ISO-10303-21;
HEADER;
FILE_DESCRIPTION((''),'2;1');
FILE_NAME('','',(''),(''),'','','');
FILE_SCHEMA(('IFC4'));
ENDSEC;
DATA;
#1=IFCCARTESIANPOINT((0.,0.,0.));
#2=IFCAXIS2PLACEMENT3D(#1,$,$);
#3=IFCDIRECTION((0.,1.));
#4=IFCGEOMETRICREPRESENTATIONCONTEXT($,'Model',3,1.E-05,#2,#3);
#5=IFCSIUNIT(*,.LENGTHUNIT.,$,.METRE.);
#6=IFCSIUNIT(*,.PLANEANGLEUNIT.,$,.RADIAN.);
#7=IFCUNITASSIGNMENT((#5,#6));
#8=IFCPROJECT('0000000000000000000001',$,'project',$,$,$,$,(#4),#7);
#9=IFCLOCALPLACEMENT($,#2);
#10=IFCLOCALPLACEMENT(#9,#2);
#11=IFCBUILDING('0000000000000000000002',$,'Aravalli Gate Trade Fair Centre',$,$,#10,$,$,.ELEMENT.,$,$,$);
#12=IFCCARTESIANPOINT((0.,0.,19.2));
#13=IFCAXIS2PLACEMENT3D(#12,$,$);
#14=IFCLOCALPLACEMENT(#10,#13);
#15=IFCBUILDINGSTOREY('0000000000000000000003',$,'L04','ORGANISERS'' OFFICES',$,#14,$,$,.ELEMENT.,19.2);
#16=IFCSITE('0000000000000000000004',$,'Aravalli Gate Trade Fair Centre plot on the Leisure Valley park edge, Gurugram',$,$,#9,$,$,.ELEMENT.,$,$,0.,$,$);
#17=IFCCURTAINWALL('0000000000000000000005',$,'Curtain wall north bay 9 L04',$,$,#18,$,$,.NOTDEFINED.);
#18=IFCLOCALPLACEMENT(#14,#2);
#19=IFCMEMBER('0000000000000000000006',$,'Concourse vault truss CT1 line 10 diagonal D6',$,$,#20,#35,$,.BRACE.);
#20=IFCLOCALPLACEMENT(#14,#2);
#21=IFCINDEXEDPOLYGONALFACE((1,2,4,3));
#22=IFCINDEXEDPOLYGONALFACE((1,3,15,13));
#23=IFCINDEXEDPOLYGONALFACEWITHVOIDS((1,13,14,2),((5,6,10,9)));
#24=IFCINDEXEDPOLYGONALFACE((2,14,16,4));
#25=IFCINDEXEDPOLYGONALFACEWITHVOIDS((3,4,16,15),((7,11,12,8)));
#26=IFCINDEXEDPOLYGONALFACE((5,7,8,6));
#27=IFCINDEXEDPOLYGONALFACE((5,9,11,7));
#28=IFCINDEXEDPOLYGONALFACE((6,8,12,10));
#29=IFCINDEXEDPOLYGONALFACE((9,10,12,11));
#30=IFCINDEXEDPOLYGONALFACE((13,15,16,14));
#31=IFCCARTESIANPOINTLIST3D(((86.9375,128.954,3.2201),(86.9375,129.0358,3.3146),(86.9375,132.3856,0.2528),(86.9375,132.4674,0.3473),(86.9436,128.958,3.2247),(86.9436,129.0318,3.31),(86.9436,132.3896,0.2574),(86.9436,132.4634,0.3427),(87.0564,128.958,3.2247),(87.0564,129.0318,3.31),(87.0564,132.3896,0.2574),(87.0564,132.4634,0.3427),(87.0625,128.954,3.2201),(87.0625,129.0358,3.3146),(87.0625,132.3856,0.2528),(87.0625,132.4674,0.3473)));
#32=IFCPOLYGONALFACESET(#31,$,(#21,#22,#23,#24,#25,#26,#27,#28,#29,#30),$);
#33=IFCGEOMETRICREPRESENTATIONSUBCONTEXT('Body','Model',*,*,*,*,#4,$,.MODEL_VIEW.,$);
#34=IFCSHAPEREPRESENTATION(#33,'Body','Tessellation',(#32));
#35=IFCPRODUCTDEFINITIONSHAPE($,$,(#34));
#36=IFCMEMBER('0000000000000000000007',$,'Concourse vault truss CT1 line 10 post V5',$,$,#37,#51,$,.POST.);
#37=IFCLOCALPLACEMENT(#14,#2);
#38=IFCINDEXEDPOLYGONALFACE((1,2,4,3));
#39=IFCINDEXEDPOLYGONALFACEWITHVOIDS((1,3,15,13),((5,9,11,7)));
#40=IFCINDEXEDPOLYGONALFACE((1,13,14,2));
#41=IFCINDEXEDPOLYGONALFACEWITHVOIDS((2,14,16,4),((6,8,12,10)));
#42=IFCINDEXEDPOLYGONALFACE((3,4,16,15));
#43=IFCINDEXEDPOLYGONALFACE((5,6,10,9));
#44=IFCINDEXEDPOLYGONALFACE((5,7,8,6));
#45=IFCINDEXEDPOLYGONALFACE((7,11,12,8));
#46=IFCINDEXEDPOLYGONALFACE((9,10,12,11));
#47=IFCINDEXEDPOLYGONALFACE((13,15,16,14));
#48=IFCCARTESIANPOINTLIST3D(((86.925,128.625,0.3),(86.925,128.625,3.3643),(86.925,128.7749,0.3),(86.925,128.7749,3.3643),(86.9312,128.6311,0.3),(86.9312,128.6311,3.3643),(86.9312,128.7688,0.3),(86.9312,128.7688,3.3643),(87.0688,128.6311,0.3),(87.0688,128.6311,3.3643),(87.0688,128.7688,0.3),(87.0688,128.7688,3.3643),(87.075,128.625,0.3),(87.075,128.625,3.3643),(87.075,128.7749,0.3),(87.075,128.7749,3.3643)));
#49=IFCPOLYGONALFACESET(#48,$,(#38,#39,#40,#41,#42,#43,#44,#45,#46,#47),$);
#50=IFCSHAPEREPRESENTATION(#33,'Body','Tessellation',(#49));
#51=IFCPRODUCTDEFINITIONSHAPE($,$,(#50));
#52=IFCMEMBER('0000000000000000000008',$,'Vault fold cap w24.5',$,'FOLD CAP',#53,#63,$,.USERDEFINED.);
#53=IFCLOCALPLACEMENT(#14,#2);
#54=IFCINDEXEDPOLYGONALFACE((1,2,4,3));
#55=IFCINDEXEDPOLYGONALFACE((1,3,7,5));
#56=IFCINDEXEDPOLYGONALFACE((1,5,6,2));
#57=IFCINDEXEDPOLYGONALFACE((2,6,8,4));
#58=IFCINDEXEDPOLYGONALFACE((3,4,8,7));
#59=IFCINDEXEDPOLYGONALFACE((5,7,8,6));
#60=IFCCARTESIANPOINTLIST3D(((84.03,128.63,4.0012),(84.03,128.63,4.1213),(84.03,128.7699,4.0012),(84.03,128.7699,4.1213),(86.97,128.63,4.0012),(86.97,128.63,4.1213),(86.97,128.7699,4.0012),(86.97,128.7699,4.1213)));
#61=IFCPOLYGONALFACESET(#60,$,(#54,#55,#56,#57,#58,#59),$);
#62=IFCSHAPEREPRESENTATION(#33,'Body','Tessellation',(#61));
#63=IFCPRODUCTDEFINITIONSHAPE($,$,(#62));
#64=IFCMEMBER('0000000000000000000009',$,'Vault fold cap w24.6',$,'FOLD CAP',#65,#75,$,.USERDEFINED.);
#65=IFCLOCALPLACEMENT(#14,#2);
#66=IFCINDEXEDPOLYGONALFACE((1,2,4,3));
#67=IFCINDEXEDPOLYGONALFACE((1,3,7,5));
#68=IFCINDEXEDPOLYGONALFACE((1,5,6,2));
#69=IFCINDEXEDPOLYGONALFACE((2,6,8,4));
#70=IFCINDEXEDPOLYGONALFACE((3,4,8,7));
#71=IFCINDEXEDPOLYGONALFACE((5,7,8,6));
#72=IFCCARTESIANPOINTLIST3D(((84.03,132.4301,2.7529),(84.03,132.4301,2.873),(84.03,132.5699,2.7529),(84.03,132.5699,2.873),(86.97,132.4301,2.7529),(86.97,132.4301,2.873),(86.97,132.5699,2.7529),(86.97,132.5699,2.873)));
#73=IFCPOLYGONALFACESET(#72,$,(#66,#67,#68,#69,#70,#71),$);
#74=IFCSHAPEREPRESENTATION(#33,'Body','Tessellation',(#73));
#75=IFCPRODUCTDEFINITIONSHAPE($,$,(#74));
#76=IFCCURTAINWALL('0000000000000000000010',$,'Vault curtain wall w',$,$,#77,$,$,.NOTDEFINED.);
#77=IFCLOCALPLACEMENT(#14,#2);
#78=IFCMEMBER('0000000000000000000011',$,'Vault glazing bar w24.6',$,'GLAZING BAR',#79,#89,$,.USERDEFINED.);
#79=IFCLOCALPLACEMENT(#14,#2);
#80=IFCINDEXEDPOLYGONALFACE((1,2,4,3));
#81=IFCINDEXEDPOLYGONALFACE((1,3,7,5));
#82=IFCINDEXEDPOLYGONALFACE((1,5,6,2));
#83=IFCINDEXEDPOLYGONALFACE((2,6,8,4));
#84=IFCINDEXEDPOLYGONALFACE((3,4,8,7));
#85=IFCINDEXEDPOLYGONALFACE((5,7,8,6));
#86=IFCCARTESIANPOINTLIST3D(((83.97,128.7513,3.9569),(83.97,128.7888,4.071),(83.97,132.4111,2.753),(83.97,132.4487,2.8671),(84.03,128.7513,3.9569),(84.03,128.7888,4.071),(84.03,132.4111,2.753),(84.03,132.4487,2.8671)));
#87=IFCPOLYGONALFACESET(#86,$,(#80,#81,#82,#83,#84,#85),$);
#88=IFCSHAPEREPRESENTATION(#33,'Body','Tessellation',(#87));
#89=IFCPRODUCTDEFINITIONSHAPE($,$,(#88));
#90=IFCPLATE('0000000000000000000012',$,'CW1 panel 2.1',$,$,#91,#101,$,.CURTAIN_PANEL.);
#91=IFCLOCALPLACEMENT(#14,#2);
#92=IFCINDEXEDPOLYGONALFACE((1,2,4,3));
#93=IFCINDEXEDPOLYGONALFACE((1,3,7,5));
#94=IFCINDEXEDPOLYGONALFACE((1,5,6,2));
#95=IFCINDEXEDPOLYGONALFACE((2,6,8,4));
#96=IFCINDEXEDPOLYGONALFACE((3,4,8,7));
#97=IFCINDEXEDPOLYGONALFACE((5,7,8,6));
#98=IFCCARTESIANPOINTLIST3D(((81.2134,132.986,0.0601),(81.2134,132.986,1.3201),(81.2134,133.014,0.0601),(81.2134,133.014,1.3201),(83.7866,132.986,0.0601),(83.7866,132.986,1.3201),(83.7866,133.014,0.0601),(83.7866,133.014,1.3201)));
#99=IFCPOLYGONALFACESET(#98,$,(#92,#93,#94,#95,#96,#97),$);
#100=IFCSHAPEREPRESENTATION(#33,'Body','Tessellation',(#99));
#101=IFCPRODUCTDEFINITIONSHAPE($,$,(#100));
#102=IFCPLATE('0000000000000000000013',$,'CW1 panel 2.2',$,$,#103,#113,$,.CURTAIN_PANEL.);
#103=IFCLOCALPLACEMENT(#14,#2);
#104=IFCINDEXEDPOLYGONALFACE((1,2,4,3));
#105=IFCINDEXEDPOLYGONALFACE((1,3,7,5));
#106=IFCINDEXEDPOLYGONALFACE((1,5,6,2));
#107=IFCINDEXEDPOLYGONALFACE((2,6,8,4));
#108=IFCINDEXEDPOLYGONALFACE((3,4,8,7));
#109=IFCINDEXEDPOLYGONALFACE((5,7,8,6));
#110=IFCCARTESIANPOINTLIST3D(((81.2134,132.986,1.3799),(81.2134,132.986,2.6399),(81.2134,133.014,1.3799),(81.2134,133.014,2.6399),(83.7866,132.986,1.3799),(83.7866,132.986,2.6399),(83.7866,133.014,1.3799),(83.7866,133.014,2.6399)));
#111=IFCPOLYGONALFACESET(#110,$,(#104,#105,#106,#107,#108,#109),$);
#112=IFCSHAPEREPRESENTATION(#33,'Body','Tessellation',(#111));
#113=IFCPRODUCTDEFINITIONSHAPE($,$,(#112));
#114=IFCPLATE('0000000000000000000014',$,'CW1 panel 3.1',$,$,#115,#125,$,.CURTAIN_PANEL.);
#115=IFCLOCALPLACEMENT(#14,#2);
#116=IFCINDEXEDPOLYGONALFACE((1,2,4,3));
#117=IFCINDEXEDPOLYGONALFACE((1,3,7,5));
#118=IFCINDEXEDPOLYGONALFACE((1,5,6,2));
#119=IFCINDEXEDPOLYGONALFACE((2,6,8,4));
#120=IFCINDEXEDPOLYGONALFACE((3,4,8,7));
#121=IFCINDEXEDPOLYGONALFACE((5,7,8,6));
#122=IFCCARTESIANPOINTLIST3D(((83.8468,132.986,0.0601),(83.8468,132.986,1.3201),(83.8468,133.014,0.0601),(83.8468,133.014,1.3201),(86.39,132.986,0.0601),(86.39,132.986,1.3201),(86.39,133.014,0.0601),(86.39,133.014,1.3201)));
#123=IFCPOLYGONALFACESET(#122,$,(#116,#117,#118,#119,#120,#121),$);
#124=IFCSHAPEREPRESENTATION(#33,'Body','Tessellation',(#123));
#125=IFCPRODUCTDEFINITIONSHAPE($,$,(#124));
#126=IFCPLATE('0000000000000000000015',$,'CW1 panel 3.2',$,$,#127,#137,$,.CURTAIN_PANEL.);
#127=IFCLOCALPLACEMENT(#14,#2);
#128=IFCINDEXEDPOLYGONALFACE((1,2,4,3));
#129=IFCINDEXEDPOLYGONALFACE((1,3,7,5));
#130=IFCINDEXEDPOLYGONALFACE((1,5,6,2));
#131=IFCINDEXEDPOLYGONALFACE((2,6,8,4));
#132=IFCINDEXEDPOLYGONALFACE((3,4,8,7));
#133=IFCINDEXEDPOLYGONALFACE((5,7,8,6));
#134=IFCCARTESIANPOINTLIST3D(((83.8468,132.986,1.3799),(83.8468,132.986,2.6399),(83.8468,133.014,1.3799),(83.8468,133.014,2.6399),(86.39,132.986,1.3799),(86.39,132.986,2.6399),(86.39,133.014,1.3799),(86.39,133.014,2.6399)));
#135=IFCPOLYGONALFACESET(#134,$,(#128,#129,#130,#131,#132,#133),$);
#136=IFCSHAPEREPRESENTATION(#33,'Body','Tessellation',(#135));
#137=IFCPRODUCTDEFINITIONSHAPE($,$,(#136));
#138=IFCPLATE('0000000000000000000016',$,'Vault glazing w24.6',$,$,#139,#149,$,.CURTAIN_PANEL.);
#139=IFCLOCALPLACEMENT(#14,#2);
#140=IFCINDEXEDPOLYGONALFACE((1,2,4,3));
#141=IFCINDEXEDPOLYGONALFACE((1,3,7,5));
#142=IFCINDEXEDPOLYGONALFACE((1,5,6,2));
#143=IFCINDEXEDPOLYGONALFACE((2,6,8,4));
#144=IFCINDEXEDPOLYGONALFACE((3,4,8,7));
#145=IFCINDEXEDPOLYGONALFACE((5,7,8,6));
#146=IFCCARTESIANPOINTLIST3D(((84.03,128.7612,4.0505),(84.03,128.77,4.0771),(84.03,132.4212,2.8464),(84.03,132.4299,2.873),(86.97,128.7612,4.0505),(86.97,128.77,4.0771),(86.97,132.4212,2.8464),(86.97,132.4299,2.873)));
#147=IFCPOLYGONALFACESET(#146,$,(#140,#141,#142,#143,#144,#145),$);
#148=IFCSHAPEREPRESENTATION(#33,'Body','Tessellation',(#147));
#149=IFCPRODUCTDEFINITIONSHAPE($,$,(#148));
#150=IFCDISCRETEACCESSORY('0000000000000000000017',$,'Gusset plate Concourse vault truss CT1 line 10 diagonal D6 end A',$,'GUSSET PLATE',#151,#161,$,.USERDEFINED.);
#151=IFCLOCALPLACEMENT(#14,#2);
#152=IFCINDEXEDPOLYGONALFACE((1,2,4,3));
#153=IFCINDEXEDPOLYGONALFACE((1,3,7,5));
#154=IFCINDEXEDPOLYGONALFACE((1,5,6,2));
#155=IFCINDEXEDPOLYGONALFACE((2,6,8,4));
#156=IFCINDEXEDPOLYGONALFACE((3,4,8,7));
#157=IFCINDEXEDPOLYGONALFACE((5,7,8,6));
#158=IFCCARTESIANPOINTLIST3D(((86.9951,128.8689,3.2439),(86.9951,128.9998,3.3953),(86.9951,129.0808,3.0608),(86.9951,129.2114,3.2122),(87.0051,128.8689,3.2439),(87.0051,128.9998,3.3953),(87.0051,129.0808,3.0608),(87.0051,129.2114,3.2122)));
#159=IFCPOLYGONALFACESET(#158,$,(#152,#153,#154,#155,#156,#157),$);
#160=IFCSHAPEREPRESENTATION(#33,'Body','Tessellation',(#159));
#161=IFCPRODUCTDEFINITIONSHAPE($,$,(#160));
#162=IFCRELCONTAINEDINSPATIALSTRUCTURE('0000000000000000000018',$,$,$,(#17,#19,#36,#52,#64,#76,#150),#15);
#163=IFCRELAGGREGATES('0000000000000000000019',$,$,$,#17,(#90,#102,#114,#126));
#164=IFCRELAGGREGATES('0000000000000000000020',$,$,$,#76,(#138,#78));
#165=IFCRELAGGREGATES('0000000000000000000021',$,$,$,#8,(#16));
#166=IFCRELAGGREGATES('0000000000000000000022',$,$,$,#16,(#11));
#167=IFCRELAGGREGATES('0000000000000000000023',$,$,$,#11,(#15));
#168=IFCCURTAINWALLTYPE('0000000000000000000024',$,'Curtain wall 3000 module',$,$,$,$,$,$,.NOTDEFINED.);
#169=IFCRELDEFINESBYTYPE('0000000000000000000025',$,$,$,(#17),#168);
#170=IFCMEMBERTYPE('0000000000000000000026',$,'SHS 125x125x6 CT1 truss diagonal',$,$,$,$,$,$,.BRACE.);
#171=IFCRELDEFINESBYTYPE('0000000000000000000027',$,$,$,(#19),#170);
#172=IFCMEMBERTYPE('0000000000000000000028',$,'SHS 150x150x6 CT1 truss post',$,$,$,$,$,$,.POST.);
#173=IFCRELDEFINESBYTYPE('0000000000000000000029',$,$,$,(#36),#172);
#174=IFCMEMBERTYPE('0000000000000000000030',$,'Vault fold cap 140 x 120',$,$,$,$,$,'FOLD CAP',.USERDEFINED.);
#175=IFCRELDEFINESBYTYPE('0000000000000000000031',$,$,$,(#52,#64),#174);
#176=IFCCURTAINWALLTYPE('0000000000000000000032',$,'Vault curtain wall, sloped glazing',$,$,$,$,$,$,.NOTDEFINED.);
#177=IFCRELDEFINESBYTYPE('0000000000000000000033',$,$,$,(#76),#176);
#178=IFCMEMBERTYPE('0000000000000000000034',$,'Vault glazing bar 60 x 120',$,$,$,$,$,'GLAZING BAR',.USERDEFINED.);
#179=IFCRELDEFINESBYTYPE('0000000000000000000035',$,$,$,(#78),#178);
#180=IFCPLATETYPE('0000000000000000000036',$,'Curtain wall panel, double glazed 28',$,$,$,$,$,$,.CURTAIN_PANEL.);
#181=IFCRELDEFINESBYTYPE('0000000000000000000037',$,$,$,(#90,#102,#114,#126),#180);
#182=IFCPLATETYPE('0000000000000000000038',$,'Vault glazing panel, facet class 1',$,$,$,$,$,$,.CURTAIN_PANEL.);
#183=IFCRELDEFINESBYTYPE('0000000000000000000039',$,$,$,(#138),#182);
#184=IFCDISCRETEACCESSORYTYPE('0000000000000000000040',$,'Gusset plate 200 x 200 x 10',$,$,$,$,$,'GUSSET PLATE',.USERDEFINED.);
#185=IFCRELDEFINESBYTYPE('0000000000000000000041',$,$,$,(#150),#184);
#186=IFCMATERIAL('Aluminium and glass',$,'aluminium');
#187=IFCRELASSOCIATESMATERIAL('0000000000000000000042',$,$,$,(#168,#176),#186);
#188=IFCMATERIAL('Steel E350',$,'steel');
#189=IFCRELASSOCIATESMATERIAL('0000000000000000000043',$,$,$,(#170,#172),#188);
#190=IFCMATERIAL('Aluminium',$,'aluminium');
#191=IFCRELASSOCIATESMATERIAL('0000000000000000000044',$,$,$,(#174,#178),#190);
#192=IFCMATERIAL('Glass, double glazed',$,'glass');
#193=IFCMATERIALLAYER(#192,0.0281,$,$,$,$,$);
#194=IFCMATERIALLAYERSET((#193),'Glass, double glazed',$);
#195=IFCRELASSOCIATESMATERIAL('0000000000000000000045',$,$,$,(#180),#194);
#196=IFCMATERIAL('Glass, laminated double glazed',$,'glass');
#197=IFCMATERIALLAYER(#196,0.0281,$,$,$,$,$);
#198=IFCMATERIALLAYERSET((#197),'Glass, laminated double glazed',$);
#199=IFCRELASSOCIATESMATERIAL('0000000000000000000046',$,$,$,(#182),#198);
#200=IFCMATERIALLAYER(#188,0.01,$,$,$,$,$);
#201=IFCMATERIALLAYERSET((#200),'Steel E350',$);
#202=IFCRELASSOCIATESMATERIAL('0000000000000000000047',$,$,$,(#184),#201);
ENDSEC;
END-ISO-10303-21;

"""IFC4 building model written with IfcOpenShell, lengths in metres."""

from ifc_helpers import new_model, si_unit, direction, frame, origin, origin_2d, place, context, subcontext, project, spatial, polyline, rectangle, hollow_rectangle, outline, extrude, material, layer, layer_set, material_profile, profile_set, type_object, element, aggregate, save


model = new_model("IFC4")

# Units and contexts
model_context = context("Model", 3, precision=1e-05, world=origin(), true_north=direction((0.0, 1.0)))
body_context = subcontext(model_context, "Body", "Model", "MODEL_VIEW")
ifc_project = project(units=[si_unit("LENGTHUNIT", "METRE"), si_unit("PLANEANGLEUNIT", "RADIAN")], contexts=[model_context])

# Site, building, storey
site_placement = place(None, origin())
site = spatial("IfcSite", under=ifc_project, at=site_placement, Name="Aravalli Gate Trade Fair Centre plot on the Leisure Valley park edge, Gurugram", CompositionType="ELEMENT", RefElevation=0.0)
building_placement = place(site_placement, origin())
building = spatial("IfcBuilding", under=site, at=building_placement, Name="Aravalli Gate Trade Fair Centre", CompositionType="ELEMENT")
storey_placement = place(building_placement, frame((0.0, 0.0, 19.2)))
storey = spatial("IfcBuildingStorey", under=building, at=storey_placement, Name="L04", Description="ORGANISERS' OFFICES", CompositionType="ELEMENT", Elevation=19.2)

# Curtain wall
ifc_material_1 = material(Name="Aluminium and glass", Category="aluminium")
curtain_wall_type_1 = type_object("IfcCurtainWallType", Name="Curtain wall 3000 module", PredefinedType="NOTDEFINED", material=ifc_material_1)
curtain_wall_1_placement = place(storey_placement, origin())
curtain_wall_1 = element("IfcCurtainWall", 1, at=curtain_wall_1_placement, inside=storey, type_object=curtain_wall_type_1, Name="Curtain wall north bay 9 L04", PredefinedType="NOTDEFINED")
ifc_material_2 = material(Name="Aluminium", Category="aluminium")

# Members
ifc_material_3 = material(Name="Steel E350", Category="steel")
ifc_material_profile_1 = material_profile(ifc_material_3, hollow_rectangle(XDim=0.125, YDim=0.125, WallThickness=0.0061, at=origin_2d()), Name="SHS 125x125x6")
ifc_profile_set_1 = profile_set([ifc_material_profile_1], Name="Steel E350")
member_type_1 = type_object("IfcMemberType", Name="SHS 125x125x6 CT1 truss diagonal", PredefinedType="BRACE", material=ifc_profile_set_1)
member_1_placement = place(storey_placement, frame((87.0, 128.9949, 3.2673), z_axis=(0.0, 0.756431, -0.654074), x_axis=(-1.0, 0.0, 0.0)))
element("IfcMember", 2, at=member_1_placement, inside=storey, type_object=member_type_1, Name="Concourse vault truss CT1 line 10 diagonal D6", PredefinedType="BRACE", context=body_context, shape_type="SweptSolid", body=[
    extrude(hollow_rectangle(XDim=0.125, YDim=0.125, WallThickness=0.0061, at=origin_2d()), origin(), (0.0, 0.0, 1.0), 4.5366),
])
ifc_material_profile_2 = material_profile(ifc_material_3, hollow_rectangle(XDim=0.1499, YDim=0.1499, WallThickness=0.0061, at=origin_2d()), Name="SHS 150x150x6")
ifc_profile_set_2 = profile_set([ifc_material_profile_2], Name="Steel E350")
member_type_2 = type_object("IfcMemberType", Name="SHS 150x150x6 CT1 truss post", PredefinedType="POST", material=ifc_profile_set_2)
member_2_placement = place(storey_placement, frame((87.0, 128.7, 0.3), z_axis=(0.0, 0.0, 1.0), x_axis=(1.0, 0.0, 0.0)))
element("IfcMember", 3, at=member_2_placement, inside=storey, type_object=member_type_2, Name="Concourse vault truss CT1 line 10 post V5", PredefinedType="POST", context=body_context, shape_type="SweptSolid", body=[
    extrude(hollow_rectangle(XDim=0.1499, YDim=0.1499, WallThickness=0.0061, at=origin_2d()), origin(), (0.0, 0.0, 1.0), 3.0642),
])
ifc_material_profile_3 = material_profile(ifc_material_2, rectangle(XDim=0.1399, YDim=0.1201, at=origin_2d()), Name="Vault fold cap 140 x 120")
ifc_profile_set_3 = profile_set([ifc_material_profile_3], Name="Aluminium")
member_type_3 = type_object("IfcMemberType", Name="Vault fold cap 140 x 120", ElementType="FOLD CAP", PredefinedType="USERDEFINED", material=ifc_profile_set_3)
for number, where, z_axis, x_axis, name in (
    (4, (84.03, 128.7, 4.0613), (1.0, 0.0, 0.0), (0.0, 1.0, 0.0), "Vault fold cap w24.5"),
    (5, (84.03, 132.5, 2.813), (1.0, 0.0, 0.0), (0.0, 1.0, 0.0), "Vault fold cap w24.6"),
):
    element("IfcMember", number, at=place(storey_placement, frame(where, z_axis=z_axis, x_axis=x_axis)), inside=storey, type_object=member_type_3, Name=name, ObjectType="FOLD CAP", PredefinedType="USERDEFINED", context=body_context, shape_type="SweptSolid", body=[
        extrude(rectangle(XDim=0.1399, YDim=0.1201, at=origin_2d()), origin(), (0.0, 0.0, 1.0), 2.9399),
    ])

# Curtain wall, member
curtain_wall_type_2 = type_object("IfcCurtainWallType", Name="Vault curtain wall, sloped glazing", PredefinedType="NOTDEFINED", material=ifc_material_1)
curtain_wall_2_placement = place(storey_placement, origin())
curtain_wall_2 = element("IfcCurtainWall", 6, at=curtain_wall_2_placement, inside=storey, type_object=curtain_wall_type_2, Name="Vault curtain wall w", PredefinedType="NOTDEFINED")
ifc_material_profile_4 = material_profile(ifc_material_2, rectangle(XDim=0.0601, YDim=0.1201, at=origin_2d()), Name="Vault glazing bar 60 x 120")
ifc_profile_set_4 = profile_set([ifc_material_profile_4], Name="Aluminium")
member_type_4 = type_object("IfcMemberType", Name="Vault glazing bar 60 x 120", ElementType="GLAZING BAR", PredefinedType="USERDEFINED", material=ifc_profile_set_4)
member_3_placement = place(storey_placement, frame((84.0, 128.77, 4.0139), z_axis=(0.0, 0.94993, -0.312461), x_axis=(-1.0, 0.0, 0.0)))
member_3 = element("IfcMember", 7, at=member_3_placement, type_object=member_type_4, Name="Vault glazing bar w24.6", ObjectType="GLAZING BAR", PredefinedType="USERDEFINED", context=body_context, shape_type="SweptSolid", body=[
    extrude(rectangle(XDim=0.0601, YDim=0.1201, at=origin_2d()), origin(), (0.0, 0.0, 1.0), 3.8528),
])

# Plates
ifc_material_4 = material(Name="Glass, double glazed", Category="glass")
ifc_layer_1 = layer(ifc_material_4, 0.0281)
ifc_layer_set_1 = layer_set([ifc_layer_1], Name="Glass, double glazed")
plate_type_1 = type_object("IfcPlateType", Name="Curtain wall panel, double glazed 28", PredefinedType="CURTAIN_PANEL", material=ifc_layer_set_1)
plate_1_placement = place(storey_placement, frame((82.5, 133.0, 0.0601), z_axis=(0.0, 0.0, 1.0), x_axis=(1.0, 0.0, 0.0)))
plate_1 = element("IfcPlate", 8, at=plate_1_placement, type_object=plate_type_1, Name="CW1 panel 2.1", PredefinedType="CURTAIN_PANEL", context=body_context, shape_type="SweptSolid", body=[
    extrude(rectangle(XDim=2.5732, YDim=0.0281, at=origin_2d()), origin(), (0.0, 0.0, 1.0), 1.26),
])
plate_2_placement = place(storey_placement, frame((82.5, 133.0, 1.3799), z_axis=(0.0, 0.0, 1.0), x_axis=(1.0, 0.0, 0.0)))
plate_2 = element("IfcPlate", 9, at=plate_2_placement, type_object=plate_type_1, Name="CW1 panel 2.2", PredefinedType="CURTAIN_PANEL", context=body_context, shape_type="SweptSolid", body=[
    extrude(rectangle(XDim=2.5732, YDim=0.0281, at=origin_2d()), origin(), (0.0, 0.0, 1.0), 1.26),
])
plate_3_placement = place(storey_placement, frame((85.1184, 133.0, 0.0601), z_axis=(0.0, 0.0, 1.0), x_axis=(1.0, 0.0, 0.0)))
plate_3 = element("IfcPlate", 10, at=plate_3_placement, type_object=plate_type_1, Name="CW1 panel 3.1", PredefinedType="CURTAIN_PANEL", context=body_context, shape_type="SweptSolid", body=[
    extrude(rectangle(XDim=2.5432, YDim=0.0281, at=origin_2d()), origin(), (0.0, 0.0, 1.0), 1.26),
])
plate_4_placement = place(storey_placement, frame((85.1184, 133.0, 1.3799), z_axis=(0.0, 0.0, 1.0), x_axis=(1.0, 0.0, 0.0)))
plate_4 = element("IfcPlate", 11, at=plate_4_placement, type_object=plate_type_1, Name="CW1 panel 3.2", PredefinedType="CURTAIN_PANEL", context=body_context, shape_type="SweptSolid", body=[
    extrude(rectangle(XDim=2.5432, YDim=0.0281, at=origin_2d()), origin(), (0.0, 0.0, 1.0), 1.26),
])
aggregate(curtain_wall_1, [plate_1, plate_2, plate_3, plate_4])
ifc_material_5 = material(Name="Glass, laminated double glazed", Category="glass")
ifc_layer_2 = layer(ifc_material_5, 0.0281)
ifc_layer_set_2 = layer_set([ifc_layer_2], Name="Glass, laminated double glazed")
plate_type_2 = type_object("IfcPlateType", Name="Vault glazing panel, facet class 1", PredefinedType="CURTAIN_PANEL", material=ifc_layer_set_2)
plate_5_placement = place(storey_placement, frame((84.03, 128.77, 4.0771), z_axis=(0.0, 0.312518, 0.949912), x_axis=(1.0, 0.0, 0.0)))
plate_5 = element("IfcPlate", 12, at=plate_5_placement, type_object=plate_type_2, Name="Vault glazing w24.6", PredefinedType="CURTAIN_PANEL", context=body_context, shape_type="SweptSolid", body=[
    extrude(outline(polyline([(0.0, 0.0), (2.9399, 0.0), (2.9399, 3.8529), (0.0, 3.8529), (0.0, 0.0)])), origin(), (0.0, 0.0, -1.0), 0.0281),
])
aggregate(curtain_wall_2, [plate_5, member_3])

# Discrete accessory
ifc_layer_3 = layer(ifc_material_3, 0.01)
ifc_layer_set_3 = layer_set([ifc_layer_3], Name="Steel E350")
discrete_accessory_type = type_object("IfcDiscreteAccessoryType", Name="Gusset plate 200 x 200 x 10", ElementType="GUSSET PLATE", PredefinedType="USERDEFINED", material=ifc_layer_set_3)
discrete_accessory_placement = place(storey_placement, frame((86.9951, 129.0808, 3.0608), z_axis=(-1.0, 0.0, 0.0), x_axis=(0.0, -0.756666, 0.653801)))
element("IfcDiscreteAccessory", 13, at=discrete_accessory_placement, inside=storey, type_object=discrete_accessory_type, Name="Gusset plate Concourse vault truss CT1 line 10 diagonal D6 end A", ObjectType="GUSSET PLATE", PredefinedType="USERDEFINED", context=body_context, shape_type="SweptSolid", body=[
    extrude(outline(polyline([(0.0, 0.0), (0.2801, 0.0), (0.28, 0.2001), (0.0001, 0.1999), (0.0, 0.0)])), origin(), (0.0, 0.0, -1.0), 0.01),
])

save(model, "model.ifc")
